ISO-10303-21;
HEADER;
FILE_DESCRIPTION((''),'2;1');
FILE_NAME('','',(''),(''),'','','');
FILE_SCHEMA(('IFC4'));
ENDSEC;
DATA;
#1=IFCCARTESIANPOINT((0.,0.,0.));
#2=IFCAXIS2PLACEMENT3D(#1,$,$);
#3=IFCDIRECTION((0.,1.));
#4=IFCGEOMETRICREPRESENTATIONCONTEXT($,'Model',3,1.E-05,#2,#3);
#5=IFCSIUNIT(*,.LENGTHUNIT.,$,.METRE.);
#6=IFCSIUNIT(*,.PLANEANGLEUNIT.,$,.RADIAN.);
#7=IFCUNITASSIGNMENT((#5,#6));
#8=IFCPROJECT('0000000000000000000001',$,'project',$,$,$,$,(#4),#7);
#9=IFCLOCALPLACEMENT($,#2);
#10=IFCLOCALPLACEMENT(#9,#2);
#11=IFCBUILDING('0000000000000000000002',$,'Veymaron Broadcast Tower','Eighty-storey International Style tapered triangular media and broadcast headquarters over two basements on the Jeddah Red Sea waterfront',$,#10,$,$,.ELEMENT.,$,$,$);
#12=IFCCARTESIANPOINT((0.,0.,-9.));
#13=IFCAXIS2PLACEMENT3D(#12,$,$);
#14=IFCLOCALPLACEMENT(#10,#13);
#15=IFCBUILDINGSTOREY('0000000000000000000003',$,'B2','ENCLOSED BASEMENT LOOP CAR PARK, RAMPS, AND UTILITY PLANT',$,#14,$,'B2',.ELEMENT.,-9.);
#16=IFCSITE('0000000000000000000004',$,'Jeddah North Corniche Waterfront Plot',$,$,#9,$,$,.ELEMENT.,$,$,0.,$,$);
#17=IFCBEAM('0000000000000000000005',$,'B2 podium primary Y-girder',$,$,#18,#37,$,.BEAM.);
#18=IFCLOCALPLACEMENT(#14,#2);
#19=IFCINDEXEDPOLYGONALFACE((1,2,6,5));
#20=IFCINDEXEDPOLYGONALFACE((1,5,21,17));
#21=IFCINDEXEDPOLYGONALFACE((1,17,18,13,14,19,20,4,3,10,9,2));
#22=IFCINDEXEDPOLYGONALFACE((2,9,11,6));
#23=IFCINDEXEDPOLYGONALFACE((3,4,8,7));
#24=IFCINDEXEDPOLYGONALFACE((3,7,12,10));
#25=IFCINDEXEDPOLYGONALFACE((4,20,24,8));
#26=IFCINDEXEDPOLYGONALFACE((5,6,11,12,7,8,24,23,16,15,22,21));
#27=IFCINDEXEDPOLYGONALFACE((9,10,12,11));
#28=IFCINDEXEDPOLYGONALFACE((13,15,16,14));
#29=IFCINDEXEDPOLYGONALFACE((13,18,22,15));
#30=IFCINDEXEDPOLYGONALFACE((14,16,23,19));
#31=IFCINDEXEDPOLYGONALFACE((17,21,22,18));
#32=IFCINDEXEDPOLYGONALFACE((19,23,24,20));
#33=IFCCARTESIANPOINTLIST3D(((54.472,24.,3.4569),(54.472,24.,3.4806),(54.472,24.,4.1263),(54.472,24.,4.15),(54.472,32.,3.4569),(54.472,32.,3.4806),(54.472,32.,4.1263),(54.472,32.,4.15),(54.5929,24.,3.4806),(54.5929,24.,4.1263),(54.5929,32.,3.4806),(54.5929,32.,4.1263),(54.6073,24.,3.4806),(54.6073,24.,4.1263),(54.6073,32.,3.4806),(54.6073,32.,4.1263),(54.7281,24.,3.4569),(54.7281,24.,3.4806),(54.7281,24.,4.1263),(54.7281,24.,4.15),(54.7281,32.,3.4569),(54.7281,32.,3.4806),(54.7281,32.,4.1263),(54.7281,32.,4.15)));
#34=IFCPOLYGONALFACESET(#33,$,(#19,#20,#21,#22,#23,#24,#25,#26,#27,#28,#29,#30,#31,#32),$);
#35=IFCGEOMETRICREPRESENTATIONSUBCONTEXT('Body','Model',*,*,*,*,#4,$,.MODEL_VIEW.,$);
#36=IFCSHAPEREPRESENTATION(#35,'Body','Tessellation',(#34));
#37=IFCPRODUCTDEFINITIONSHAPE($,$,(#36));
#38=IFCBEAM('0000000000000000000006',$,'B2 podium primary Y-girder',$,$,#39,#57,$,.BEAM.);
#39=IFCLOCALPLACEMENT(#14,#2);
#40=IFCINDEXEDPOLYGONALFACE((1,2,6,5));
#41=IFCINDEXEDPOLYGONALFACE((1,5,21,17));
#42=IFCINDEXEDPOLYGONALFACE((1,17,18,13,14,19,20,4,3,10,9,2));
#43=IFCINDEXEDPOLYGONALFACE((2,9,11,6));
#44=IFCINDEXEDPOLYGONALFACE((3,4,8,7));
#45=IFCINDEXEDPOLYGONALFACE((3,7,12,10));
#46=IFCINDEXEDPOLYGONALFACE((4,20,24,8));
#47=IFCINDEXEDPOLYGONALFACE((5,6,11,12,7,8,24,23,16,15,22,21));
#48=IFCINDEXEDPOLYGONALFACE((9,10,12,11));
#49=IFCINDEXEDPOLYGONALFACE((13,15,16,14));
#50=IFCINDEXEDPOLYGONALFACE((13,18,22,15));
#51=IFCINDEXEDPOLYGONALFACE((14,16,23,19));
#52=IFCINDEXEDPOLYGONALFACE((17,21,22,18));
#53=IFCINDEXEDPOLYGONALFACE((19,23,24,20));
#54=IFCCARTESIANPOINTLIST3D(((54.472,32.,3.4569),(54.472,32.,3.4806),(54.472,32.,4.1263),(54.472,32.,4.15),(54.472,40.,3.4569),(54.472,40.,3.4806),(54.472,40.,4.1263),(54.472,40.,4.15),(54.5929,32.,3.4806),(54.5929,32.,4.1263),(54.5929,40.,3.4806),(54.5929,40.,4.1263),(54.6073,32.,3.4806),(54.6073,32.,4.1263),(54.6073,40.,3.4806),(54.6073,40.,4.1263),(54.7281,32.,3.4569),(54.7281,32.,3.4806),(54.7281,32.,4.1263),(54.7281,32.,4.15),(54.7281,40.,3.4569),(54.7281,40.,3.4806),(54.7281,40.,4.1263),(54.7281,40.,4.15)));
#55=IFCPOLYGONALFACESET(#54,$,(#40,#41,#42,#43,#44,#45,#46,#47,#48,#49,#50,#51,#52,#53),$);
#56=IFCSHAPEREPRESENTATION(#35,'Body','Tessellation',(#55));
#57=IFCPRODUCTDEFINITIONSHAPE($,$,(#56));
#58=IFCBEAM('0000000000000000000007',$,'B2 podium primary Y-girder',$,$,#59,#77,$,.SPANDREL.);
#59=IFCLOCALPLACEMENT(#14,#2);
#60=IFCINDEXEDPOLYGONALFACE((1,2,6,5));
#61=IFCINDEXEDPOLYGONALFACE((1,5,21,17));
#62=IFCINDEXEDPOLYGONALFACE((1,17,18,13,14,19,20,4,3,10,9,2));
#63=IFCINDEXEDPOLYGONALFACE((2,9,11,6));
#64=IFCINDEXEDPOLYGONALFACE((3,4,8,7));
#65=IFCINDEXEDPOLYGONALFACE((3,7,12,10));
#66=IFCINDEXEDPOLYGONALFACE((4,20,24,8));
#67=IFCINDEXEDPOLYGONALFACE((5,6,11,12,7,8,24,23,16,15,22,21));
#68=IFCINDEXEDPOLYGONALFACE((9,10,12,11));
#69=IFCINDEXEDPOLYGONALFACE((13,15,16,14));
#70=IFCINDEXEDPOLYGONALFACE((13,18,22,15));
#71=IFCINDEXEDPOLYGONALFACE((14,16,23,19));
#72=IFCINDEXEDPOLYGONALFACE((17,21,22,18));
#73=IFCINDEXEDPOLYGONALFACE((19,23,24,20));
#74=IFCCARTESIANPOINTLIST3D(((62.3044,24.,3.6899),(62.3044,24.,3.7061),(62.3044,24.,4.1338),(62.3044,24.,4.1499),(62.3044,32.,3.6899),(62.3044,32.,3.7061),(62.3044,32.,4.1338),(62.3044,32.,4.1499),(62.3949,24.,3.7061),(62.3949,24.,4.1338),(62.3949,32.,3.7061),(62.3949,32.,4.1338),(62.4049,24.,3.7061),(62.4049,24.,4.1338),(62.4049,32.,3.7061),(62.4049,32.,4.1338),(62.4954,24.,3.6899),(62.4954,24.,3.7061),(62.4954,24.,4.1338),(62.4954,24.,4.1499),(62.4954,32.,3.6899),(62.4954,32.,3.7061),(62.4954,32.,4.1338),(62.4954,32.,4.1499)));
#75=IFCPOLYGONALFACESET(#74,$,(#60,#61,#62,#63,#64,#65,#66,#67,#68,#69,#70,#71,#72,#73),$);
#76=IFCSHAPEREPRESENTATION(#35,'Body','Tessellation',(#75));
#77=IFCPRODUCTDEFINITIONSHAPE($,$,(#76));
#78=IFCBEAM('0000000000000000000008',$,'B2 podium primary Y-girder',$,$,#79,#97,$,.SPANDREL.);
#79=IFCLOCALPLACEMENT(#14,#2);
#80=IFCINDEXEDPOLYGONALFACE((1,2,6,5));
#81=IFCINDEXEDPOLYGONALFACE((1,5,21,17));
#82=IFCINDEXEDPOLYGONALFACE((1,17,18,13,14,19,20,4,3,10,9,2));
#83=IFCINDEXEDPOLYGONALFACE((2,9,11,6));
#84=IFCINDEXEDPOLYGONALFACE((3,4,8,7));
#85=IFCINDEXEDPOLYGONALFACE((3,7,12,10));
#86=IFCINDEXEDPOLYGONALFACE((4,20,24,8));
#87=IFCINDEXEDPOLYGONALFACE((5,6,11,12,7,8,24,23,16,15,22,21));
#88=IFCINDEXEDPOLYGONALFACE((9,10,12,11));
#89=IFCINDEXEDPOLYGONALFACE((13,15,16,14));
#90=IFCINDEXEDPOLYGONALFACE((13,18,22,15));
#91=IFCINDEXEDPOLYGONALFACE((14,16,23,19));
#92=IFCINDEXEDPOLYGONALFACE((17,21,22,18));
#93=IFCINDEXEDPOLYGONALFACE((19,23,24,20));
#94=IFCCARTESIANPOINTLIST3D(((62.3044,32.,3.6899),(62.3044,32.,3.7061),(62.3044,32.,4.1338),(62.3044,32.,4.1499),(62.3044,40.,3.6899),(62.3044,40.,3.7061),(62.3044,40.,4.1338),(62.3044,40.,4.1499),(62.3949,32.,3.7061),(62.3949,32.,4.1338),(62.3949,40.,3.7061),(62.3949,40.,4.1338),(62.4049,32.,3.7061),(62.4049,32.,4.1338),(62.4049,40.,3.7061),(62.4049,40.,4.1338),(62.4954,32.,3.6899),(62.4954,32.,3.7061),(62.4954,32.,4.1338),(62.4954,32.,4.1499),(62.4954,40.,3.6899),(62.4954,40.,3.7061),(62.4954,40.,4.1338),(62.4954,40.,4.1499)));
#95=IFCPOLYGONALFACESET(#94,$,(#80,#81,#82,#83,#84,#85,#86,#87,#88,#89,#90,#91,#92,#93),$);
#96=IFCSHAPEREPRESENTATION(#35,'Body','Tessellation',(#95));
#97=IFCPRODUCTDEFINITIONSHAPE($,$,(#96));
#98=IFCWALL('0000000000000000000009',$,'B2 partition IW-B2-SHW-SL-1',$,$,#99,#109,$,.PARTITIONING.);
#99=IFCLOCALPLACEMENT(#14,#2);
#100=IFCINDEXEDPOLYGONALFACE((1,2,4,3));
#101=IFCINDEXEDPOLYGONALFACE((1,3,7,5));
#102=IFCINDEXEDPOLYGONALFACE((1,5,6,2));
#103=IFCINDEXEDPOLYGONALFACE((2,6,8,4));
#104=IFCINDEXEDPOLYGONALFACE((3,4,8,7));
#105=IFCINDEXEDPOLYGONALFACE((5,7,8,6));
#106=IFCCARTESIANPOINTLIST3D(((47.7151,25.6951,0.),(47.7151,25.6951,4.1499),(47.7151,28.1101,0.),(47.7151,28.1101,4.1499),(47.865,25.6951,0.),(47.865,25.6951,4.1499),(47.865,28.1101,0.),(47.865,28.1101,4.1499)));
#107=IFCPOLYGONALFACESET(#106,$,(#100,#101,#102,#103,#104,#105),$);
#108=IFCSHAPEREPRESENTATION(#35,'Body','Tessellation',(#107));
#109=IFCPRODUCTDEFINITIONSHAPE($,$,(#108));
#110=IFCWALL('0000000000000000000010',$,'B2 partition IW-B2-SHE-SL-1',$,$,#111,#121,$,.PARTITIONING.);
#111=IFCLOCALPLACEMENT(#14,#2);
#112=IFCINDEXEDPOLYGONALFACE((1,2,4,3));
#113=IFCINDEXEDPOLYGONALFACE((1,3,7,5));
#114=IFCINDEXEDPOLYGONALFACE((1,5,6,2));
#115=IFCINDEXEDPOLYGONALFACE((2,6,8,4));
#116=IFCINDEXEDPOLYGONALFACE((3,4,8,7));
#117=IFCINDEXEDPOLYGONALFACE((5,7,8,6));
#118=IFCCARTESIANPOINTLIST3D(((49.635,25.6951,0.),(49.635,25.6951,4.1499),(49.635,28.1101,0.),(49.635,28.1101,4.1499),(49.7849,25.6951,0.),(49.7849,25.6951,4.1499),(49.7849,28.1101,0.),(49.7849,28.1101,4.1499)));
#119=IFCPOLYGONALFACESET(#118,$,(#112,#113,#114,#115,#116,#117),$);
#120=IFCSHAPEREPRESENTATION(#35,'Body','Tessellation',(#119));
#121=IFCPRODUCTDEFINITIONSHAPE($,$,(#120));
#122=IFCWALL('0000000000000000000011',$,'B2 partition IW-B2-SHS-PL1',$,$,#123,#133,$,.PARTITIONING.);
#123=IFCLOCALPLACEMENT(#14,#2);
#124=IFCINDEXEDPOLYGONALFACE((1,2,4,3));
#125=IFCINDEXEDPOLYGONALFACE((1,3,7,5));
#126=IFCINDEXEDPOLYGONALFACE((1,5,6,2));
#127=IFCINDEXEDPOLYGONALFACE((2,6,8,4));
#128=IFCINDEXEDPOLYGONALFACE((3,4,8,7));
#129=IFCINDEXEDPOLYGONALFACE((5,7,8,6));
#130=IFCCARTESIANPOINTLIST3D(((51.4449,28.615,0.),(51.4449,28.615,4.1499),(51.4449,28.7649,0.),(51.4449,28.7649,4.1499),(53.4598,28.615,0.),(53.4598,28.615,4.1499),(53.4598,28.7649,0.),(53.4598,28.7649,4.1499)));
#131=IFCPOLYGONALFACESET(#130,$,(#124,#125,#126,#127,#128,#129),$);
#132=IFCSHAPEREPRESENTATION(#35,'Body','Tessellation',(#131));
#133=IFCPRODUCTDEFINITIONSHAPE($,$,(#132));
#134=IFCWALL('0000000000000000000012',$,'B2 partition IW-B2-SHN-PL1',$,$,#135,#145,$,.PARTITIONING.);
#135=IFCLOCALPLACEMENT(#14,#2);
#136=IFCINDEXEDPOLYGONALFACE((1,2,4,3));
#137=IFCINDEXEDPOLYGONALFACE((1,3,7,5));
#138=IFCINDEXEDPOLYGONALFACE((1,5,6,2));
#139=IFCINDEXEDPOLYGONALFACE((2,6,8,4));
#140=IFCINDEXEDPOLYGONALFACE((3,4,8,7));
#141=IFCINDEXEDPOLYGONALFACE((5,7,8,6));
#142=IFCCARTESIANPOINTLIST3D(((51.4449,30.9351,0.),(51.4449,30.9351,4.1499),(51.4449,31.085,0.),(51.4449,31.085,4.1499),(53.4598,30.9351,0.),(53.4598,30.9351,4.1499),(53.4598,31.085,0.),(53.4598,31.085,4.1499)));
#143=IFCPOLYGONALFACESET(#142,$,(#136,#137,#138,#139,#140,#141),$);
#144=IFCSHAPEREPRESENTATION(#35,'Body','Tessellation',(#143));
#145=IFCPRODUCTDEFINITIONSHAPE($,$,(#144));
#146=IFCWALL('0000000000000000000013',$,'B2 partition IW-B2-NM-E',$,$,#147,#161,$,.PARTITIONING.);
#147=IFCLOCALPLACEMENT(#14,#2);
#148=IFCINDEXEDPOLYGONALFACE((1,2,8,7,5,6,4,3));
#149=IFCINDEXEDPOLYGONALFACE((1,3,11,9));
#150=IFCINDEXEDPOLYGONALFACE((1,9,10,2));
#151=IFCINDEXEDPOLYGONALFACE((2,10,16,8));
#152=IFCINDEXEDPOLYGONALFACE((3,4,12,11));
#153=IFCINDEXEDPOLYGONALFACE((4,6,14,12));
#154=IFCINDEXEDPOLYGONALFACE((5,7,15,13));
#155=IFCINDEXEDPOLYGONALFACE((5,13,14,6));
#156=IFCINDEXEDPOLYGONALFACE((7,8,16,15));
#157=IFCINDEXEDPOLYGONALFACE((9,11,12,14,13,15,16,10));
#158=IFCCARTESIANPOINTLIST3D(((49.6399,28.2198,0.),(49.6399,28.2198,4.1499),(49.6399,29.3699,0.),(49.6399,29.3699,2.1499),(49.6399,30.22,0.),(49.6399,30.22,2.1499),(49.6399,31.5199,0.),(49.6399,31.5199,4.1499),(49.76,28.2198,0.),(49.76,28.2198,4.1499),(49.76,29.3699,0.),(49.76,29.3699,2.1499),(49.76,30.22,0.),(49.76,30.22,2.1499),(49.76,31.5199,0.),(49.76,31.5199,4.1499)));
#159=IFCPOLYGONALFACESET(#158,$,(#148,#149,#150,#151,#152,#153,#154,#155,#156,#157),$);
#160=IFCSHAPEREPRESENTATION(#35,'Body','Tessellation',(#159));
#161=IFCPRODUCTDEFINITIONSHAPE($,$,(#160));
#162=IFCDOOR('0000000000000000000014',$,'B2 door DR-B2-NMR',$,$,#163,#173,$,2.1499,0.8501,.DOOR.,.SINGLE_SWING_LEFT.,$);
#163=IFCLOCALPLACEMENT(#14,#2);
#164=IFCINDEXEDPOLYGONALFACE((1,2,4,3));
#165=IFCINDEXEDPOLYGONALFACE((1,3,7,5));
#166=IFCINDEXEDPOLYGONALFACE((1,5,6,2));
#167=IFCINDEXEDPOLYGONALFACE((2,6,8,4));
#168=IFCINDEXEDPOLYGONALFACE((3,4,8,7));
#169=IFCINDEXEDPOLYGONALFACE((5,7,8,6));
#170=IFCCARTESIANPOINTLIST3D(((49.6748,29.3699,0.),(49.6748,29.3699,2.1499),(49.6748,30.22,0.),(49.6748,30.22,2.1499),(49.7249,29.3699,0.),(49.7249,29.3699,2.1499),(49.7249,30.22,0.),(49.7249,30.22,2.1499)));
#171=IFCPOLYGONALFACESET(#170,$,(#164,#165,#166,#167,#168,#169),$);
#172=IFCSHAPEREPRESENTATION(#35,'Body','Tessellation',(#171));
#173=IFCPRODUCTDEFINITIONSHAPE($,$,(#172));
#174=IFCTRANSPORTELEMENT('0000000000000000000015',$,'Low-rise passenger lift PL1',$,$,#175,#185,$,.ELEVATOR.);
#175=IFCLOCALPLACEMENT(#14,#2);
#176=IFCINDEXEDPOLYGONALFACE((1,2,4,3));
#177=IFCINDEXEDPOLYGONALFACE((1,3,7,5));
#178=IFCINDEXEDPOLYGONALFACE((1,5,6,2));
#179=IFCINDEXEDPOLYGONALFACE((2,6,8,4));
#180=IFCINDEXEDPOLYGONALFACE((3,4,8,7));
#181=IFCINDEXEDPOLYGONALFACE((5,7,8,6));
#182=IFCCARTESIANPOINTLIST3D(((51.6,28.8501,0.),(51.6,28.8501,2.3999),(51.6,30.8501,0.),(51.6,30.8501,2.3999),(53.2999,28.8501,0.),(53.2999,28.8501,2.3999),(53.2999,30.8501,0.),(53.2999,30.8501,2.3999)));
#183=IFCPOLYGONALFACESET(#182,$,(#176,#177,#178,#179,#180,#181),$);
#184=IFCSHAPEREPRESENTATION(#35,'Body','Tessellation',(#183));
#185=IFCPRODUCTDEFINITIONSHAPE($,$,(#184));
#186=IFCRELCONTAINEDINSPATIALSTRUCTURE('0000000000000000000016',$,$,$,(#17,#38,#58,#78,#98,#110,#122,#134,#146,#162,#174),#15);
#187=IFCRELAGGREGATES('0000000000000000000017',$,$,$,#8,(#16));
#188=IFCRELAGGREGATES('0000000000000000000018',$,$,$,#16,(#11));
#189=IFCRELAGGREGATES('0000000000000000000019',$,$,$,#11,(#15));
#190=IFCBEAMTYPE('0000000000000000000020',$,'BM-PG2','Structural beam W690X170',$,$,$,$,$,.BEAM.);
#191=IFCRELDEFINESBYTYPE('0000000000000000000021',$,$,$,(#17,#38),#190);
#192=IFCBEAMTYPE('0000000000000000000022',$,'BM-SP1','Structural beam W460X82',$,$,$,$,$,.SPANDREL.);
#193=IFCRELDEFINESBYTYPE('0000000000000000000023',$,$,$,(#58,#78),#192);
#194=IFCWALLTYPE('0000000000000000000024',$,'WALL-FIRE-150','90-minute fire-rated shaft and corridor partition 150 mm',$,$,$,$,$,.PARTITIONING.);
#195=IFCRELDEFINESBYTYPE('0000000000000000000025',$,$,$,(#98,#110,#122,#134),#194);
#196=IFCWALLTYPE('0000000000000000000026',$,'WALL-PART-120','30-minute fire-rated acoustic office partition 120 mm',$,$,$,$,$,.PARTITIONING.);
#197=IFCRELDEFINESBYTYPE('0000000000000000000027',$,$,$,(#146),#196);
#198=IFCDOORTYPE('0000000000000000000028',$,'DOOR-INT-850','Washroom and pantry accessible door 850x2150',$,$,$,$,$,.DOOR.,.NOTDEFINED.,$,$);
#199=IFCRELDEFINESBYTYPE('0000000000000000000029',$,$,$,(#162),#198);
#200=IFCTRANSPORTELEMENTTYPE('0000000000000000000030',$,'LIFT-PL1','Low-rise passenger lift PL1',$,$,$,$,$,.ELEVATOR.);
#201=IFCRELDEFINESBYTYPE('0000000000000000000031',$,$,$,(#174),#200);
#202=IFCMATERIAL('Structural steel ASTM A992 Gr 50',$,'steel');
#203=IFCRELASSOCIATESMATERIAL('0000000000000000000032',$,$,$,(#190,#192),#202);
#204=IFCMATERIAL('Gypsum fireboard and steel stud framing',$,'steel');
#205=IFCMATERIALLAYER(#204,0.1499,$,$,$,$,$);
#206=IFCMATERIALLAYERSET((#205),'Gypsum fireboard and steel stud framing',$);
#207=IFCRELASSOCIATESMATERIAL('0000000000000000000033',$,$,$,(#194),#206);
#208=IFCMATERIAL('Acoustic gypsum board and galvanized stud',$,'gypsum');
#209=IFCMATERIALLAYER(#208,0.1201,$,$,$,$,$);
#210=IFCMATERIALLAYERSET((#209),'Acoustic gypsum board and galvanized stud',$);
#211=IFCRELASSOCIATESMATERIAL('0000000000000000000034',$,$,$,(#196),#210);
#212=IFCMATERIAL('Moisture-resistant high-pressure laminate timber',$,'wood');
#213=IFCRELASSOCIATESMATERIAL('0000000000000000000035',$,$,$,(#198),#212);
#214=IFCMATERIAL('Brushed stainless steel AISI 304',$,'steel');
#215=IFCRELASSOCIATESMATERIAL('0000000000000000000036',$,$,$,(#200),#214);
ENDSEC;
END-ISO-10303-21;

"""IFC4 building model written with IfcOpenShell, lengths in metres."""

from ifc_helpers import new_model, si_unit, direction, frame, frame_2d, origin, origin_2d, place, context, subcontext, project, spatial, rectangle, i_section, extrude, material, layer, layer_set, material_profile, profile_set, type_object, element, fill, save


model = new_model("IFC4")

# Units and contexts
model_context = context("Model", 3, precision=1e-05, world=origin(), true_north=direction((0.0, 1.0)))
body_context = subcontext(model_context, "Body", "Model", "MODEL_VIEW")
ifc_project = project(units=[si_unit("LENGTHUNIT", "METRE"), si_unit("PLANEANGLEUNIT", "RADIAN")], contexts=[model_context])

# Site, building, storey
site_placement = place(None, origin())
site = spatial("IfcSite", under=ifc_project, at=site_placement, Name="Jeddah North Corniche Waterfront Plot", CompositionType="ELEMENT", RefElevation=0.0)
building_placement = place(site_placement, origin())
building = spatial("IfcBuilding", under=site, at=building_placement, Name="Veymaron Broadcast Tower", Description="Eighty-storey International Style tapered triangular media and broadcast headquarters over two basements on the Jeddah Red Sea waterfront", CompositionType="ELEMENT")
storey_placement = place(building_placement, frame((0.0, 0.0, -9.0)))
storey = spatial("IfcBuildingStorey", under=building, at=storey_placement, Name="B2", Description="ENCLOSED BASEMENT LOOP CAR PARK, RAMPS, AND UTILITY PLANT", LongName="B2", CompositionType="ELEMENT", Elevation=-9.0)

# Shared definitions
ifc_material_1 = material(Name="Structural steel ASTM A992 Gr 50", Category="steel")

# Beams
ifc_material_profile_1 = material_profile(ifc_material_1, i_section(OverallWidth=0.2561, OverallDepth=0.6931, WebThickness=0.0144, FlangeThickness=0.0237, at=origin_2d()), Name="W690X170")
ifc_profile_set_1 = profile_set([ifc_material_profile_1], Name="Structural steel ASTM A992 Gr 50")
beam_type_1 = type_object("IfcBeamType", Name="BM-PG2", Description="Structural beam W690X170", PredefinedType="BEAM", material=ifc_profile_set_1)
for number, where, z_axis, x_axis, name in (
    (1, (54.6001, 24.0, 3.8035), (0.0, 1.0, 0.0), (-1.0, 0.0, 0.0), "B2 podium primary Y-girder"),
    (2, (54.6001, 32.0, 3.8035), (0.0, 1.0, 0.0), (-1.0, 0.0, 0.0), "B2 podium primary Y-girder"),
):
    element("IfcBeam", number, at=place(storey_placement, frame(where, z_axis=z_axis, x_axis=x_axis)), inside=storey, type_object=beam_type_1, Name=name, PredefinedType="BEAM", context=body_context, shape_type="SweptSolid", body=[
        extrude(i_section(OverallWidth=0.2561, OverallDepth=0.6931, WebThickness=0.0144, FlangeThickness=0.0237, at=origin_2d()), origin(), (0.0, 0.0, 1.0), 8.0),
    ])
ifc_material_profile_2 = material_profile(ifc_material_1, i_section(OverallWidth=0.1909, OverallDepth=0.46, WebThickness=0.01, FlangeThickness=0.0161, at=origin_2d()), Name="W460X82")
ifc_profile_set_2 = profile_set([ifc_material_profile_2], Name="Structural steel ASTM A992 Gr 50")
beam_type_2 = type_object("IfcBeamType", Name="BM-SP1", Description="Structural beam W460X82", PredefinedType="SPANDREL", material=ifc_profile_set_2)
for number, where, z_axis, x_axis, name in (
    (3, (62.3999, 24.0, 3.9199), (0.0, 1.0, 0.0), (-1.0, 0.0, 0.0), "B2 podium primary Y-girder"),
    (4, (62.3999, 32.0, 3.9199), (0.0, 1.0, 0.0), (-1.0, 0.0, 0.0), "B2 podium primary Y-girder"),
):
    element("IfcBeam", number, at=place(storey_placement, frame(where, z_axis=z_axis, x_axis=x_axis)), inside=storey, type_object=beam_type_2, Name=name, PredefinedType="SPANDREL", context=body_context, shape_type="SweptSolid", body=[
        extrude(i_section(OverallWidth=0.1909, OverallDepth=0.46, WebThickness=0.01, FlangeThickness=0.0161, at=origin_2d()), origin(), (0.0, 0.0, 1.0), 8.0),
    ])

# Shared definitions
ifc_material_2 = material(Name="Gypsum fireboard and steel stud framing", Category="steel")
ifc_layer_1 = layer(ifc_material_2, 0.1499)
ifc_layer_set_1 = layer_set([ifc_layer_1], Name="Gypsum fireboard and steel stud framing")
wall_type_1 = type_object("IfcWallType", Name="WALL-FIRE-150", Description="90-minute fire-rated shaft and corridor partition 150 mm", PredefinedType="PARTITIONING", material=ifc_layer_set_1)
ifc_material_3 = material(Name="Brushed stainless steel AISI 304", Category="steel")

# Walls
for number, where, z_axis, x_axis, name in (
    (5, (47.79, 25.6951, 0.0), (0.0, 0.0, 1.0), (0.0, 1.0, 0.0), "B2 partition IW-B2-SHW-SL-1"),
    (6, (49.71, 25.6951, 0.0), (0.0, 0.0, 1.0), (0.0, 1.0, 0.0), "B2 partition IW-B2-SHE-SL-1"),
):
    element("IfcWall", number, at=place(storey_placement, frame(where, z_axis=z_axis, x_axis=x_axis)), inside=storey, type_object=wall_type_1, Name=name, PredefinedType="PARTITIONING", context=body_context, shape_type="SweptSolid", body=[
        extrude(rectangle(XDim=2.415, YDim=0.1499, at=frame_2d((1.2075, 0.0))), origin(), (0.0, 0.0, 1.0), 4.1499),
    ])

# Walls
for number, where, z_axis, x_axis, name in (
    (7, (51.4451, 28.6899, 0.0), (0.0, 0.0, 1.0), (1.0, 0.0, 0.0), "B2 partition IW-B2-SHS-PL1"),
    (8, (51.4451, 31.01, 0.0), (0.0, 0.0, 1.0), (1.0, 0.0, 0.0), "B2 partition IW-B2-SHN-PL1"),
):
    element("IfcWall", number, at=place(storey_placement, frame(where, z_axis=z_axis, x_axis=x_axis)), inside=storey, type_object=wall_type_1, Name=name, PredefinedType="PARTITIONING", context=body_context, shape_type="SweptSolid", body=[
        extrude(rectangle(XDim=2.0149, YDim=0.1499, at=frame_2d((1.0073, 0.0))), origin(), (0.0, 0.0, 1.0), 4.1499),
    ])

# Wall, opening, door
ifc_material_4 = material(Name="Acoustic gypsum board and galvanized stud", Category="gypsum")
ifc_layer_2 = layer(ifc_material_4, 0.1201)
ifc_layer_set_2 = layer_set([ifc_layer_2], Name="Acoustic gypsum board and galvanized stud")
wall_type_2 = type_object("IfcWallType", Name="WALL-PART-120", Description="30-minute fire-rated acoustic office partition 120 mm", PredefinedType="PARTITIONING", material=ifc_layer_set_2)
wall_1_placement = place(storey_placement, frame((49.7, 28.22, 0.0), z_axis=(0.0, 0.0, 1.0), x_axis=(0.0, 1.0, 0.0)))
wall_1 = element("IfcWall", 9, at=wall_1_placement, inside=storey, type_object=wall_type_2, Name="B2 partition IW-B2-NM-E", PredefinedType="PARTITIONING", context=body_context, shape_type="SweptSolid", body=[
    extrude(rectangle(XDim=3.3, YDim=0.1201, at=frame_2d((1.6499, 0.0))), origin(), (0.0, 0.0, 1.0), 4.1499),
])
opening_1_placement = place(wall_1_placement, frame((1.1499, 0.0, 0.0)))
opening_1 = element("IfcOpeningElement", 10, at=opening_1_placement, cuts=wall_1, PredefinedType="OPENING", context=body_context, shape_type="SweptSolid", body=[
    extrude(rectangle(XDim=0.8501, YDim=2.1499, at=frame_2d((0.425, 1.075))), frame((0.0, 0.0701, 0.0), z_axis=(0.0, -1.0, 0.0), x_axis=(1.0, 0.0, 0.0)), (0.0, 0.0, 1.0), 0.1401),
])
ifc_material_5 = material(Name="Moisture-resistant high-pressure laminate timber", Category="wood")
door_type_1 = type_object("IfcDoorType", Name="DOOR-INT-850", Description="Washroom and pantry accessible door 850x2150", OperationType="NOTDEFINED", PredefinedType="DOOR", material=ifc_material_5)
door_1_placement = place(opening_1_placement, frame((0.8501, 0.0, 0.0), z_axis=(0.0, 0.0, 1.0), x_axis=(-1.0, 0.0, 0.0)))
door_1 = element("IfcDoor", 11, at=door_1_placement, inside=storey, type_object=door_type_1, Name="B2 door DR-B2-NMR", OperationType="SINGLE_SWING_LEFT", OverallHeight=2.1499, OverallWidth=0.8501, PredefinedType="DOOR", context=body_context, shape_type="SweptSolid", body=[
    extrude(rectangle(XDim=0.8501, YDim=2.1499, at=frame_2d((0.425, 1.075))), frame((0.0, 0.0249, 0.0), z_axis=(0.0, -1.0, 0.0), x_axis=(1.0, 0.0, 0.0)), (0.0, 0.0, 1.0), 0.05),
])
fill(opening_1, door_1)

# Transport element
transport_element_type_1 = type_object("IfcTransportElementType", Name="LIFT-PL1", Description="Low-rise passenger lift PL1", PredefinedType="ELEVATOR", material=ifc_material_3)
transport_element_1_placement = place(storey_placement, frame((52.45, 29.8501, 0.0), z_axis=(0.0, 0.0, 1.0), x_axis=(1.0, 0.0, 0.0)))
element("IfcTransportElement", 12, at=transport_element_1_placement, inside=storey, type_object=transport_element_type_1, Name="Low-rise passenger lift PL1", PredefinedType="ELEVATOR", context=body_context, shape_type="SweptSolid", body=[
    extrude(rectangle(XDim=1.7, YDim=2.0, at=origin_2d()), origin(), (0.0, 0.0, 1.0), 2.3999),
])

save(model, "model.ifc")
